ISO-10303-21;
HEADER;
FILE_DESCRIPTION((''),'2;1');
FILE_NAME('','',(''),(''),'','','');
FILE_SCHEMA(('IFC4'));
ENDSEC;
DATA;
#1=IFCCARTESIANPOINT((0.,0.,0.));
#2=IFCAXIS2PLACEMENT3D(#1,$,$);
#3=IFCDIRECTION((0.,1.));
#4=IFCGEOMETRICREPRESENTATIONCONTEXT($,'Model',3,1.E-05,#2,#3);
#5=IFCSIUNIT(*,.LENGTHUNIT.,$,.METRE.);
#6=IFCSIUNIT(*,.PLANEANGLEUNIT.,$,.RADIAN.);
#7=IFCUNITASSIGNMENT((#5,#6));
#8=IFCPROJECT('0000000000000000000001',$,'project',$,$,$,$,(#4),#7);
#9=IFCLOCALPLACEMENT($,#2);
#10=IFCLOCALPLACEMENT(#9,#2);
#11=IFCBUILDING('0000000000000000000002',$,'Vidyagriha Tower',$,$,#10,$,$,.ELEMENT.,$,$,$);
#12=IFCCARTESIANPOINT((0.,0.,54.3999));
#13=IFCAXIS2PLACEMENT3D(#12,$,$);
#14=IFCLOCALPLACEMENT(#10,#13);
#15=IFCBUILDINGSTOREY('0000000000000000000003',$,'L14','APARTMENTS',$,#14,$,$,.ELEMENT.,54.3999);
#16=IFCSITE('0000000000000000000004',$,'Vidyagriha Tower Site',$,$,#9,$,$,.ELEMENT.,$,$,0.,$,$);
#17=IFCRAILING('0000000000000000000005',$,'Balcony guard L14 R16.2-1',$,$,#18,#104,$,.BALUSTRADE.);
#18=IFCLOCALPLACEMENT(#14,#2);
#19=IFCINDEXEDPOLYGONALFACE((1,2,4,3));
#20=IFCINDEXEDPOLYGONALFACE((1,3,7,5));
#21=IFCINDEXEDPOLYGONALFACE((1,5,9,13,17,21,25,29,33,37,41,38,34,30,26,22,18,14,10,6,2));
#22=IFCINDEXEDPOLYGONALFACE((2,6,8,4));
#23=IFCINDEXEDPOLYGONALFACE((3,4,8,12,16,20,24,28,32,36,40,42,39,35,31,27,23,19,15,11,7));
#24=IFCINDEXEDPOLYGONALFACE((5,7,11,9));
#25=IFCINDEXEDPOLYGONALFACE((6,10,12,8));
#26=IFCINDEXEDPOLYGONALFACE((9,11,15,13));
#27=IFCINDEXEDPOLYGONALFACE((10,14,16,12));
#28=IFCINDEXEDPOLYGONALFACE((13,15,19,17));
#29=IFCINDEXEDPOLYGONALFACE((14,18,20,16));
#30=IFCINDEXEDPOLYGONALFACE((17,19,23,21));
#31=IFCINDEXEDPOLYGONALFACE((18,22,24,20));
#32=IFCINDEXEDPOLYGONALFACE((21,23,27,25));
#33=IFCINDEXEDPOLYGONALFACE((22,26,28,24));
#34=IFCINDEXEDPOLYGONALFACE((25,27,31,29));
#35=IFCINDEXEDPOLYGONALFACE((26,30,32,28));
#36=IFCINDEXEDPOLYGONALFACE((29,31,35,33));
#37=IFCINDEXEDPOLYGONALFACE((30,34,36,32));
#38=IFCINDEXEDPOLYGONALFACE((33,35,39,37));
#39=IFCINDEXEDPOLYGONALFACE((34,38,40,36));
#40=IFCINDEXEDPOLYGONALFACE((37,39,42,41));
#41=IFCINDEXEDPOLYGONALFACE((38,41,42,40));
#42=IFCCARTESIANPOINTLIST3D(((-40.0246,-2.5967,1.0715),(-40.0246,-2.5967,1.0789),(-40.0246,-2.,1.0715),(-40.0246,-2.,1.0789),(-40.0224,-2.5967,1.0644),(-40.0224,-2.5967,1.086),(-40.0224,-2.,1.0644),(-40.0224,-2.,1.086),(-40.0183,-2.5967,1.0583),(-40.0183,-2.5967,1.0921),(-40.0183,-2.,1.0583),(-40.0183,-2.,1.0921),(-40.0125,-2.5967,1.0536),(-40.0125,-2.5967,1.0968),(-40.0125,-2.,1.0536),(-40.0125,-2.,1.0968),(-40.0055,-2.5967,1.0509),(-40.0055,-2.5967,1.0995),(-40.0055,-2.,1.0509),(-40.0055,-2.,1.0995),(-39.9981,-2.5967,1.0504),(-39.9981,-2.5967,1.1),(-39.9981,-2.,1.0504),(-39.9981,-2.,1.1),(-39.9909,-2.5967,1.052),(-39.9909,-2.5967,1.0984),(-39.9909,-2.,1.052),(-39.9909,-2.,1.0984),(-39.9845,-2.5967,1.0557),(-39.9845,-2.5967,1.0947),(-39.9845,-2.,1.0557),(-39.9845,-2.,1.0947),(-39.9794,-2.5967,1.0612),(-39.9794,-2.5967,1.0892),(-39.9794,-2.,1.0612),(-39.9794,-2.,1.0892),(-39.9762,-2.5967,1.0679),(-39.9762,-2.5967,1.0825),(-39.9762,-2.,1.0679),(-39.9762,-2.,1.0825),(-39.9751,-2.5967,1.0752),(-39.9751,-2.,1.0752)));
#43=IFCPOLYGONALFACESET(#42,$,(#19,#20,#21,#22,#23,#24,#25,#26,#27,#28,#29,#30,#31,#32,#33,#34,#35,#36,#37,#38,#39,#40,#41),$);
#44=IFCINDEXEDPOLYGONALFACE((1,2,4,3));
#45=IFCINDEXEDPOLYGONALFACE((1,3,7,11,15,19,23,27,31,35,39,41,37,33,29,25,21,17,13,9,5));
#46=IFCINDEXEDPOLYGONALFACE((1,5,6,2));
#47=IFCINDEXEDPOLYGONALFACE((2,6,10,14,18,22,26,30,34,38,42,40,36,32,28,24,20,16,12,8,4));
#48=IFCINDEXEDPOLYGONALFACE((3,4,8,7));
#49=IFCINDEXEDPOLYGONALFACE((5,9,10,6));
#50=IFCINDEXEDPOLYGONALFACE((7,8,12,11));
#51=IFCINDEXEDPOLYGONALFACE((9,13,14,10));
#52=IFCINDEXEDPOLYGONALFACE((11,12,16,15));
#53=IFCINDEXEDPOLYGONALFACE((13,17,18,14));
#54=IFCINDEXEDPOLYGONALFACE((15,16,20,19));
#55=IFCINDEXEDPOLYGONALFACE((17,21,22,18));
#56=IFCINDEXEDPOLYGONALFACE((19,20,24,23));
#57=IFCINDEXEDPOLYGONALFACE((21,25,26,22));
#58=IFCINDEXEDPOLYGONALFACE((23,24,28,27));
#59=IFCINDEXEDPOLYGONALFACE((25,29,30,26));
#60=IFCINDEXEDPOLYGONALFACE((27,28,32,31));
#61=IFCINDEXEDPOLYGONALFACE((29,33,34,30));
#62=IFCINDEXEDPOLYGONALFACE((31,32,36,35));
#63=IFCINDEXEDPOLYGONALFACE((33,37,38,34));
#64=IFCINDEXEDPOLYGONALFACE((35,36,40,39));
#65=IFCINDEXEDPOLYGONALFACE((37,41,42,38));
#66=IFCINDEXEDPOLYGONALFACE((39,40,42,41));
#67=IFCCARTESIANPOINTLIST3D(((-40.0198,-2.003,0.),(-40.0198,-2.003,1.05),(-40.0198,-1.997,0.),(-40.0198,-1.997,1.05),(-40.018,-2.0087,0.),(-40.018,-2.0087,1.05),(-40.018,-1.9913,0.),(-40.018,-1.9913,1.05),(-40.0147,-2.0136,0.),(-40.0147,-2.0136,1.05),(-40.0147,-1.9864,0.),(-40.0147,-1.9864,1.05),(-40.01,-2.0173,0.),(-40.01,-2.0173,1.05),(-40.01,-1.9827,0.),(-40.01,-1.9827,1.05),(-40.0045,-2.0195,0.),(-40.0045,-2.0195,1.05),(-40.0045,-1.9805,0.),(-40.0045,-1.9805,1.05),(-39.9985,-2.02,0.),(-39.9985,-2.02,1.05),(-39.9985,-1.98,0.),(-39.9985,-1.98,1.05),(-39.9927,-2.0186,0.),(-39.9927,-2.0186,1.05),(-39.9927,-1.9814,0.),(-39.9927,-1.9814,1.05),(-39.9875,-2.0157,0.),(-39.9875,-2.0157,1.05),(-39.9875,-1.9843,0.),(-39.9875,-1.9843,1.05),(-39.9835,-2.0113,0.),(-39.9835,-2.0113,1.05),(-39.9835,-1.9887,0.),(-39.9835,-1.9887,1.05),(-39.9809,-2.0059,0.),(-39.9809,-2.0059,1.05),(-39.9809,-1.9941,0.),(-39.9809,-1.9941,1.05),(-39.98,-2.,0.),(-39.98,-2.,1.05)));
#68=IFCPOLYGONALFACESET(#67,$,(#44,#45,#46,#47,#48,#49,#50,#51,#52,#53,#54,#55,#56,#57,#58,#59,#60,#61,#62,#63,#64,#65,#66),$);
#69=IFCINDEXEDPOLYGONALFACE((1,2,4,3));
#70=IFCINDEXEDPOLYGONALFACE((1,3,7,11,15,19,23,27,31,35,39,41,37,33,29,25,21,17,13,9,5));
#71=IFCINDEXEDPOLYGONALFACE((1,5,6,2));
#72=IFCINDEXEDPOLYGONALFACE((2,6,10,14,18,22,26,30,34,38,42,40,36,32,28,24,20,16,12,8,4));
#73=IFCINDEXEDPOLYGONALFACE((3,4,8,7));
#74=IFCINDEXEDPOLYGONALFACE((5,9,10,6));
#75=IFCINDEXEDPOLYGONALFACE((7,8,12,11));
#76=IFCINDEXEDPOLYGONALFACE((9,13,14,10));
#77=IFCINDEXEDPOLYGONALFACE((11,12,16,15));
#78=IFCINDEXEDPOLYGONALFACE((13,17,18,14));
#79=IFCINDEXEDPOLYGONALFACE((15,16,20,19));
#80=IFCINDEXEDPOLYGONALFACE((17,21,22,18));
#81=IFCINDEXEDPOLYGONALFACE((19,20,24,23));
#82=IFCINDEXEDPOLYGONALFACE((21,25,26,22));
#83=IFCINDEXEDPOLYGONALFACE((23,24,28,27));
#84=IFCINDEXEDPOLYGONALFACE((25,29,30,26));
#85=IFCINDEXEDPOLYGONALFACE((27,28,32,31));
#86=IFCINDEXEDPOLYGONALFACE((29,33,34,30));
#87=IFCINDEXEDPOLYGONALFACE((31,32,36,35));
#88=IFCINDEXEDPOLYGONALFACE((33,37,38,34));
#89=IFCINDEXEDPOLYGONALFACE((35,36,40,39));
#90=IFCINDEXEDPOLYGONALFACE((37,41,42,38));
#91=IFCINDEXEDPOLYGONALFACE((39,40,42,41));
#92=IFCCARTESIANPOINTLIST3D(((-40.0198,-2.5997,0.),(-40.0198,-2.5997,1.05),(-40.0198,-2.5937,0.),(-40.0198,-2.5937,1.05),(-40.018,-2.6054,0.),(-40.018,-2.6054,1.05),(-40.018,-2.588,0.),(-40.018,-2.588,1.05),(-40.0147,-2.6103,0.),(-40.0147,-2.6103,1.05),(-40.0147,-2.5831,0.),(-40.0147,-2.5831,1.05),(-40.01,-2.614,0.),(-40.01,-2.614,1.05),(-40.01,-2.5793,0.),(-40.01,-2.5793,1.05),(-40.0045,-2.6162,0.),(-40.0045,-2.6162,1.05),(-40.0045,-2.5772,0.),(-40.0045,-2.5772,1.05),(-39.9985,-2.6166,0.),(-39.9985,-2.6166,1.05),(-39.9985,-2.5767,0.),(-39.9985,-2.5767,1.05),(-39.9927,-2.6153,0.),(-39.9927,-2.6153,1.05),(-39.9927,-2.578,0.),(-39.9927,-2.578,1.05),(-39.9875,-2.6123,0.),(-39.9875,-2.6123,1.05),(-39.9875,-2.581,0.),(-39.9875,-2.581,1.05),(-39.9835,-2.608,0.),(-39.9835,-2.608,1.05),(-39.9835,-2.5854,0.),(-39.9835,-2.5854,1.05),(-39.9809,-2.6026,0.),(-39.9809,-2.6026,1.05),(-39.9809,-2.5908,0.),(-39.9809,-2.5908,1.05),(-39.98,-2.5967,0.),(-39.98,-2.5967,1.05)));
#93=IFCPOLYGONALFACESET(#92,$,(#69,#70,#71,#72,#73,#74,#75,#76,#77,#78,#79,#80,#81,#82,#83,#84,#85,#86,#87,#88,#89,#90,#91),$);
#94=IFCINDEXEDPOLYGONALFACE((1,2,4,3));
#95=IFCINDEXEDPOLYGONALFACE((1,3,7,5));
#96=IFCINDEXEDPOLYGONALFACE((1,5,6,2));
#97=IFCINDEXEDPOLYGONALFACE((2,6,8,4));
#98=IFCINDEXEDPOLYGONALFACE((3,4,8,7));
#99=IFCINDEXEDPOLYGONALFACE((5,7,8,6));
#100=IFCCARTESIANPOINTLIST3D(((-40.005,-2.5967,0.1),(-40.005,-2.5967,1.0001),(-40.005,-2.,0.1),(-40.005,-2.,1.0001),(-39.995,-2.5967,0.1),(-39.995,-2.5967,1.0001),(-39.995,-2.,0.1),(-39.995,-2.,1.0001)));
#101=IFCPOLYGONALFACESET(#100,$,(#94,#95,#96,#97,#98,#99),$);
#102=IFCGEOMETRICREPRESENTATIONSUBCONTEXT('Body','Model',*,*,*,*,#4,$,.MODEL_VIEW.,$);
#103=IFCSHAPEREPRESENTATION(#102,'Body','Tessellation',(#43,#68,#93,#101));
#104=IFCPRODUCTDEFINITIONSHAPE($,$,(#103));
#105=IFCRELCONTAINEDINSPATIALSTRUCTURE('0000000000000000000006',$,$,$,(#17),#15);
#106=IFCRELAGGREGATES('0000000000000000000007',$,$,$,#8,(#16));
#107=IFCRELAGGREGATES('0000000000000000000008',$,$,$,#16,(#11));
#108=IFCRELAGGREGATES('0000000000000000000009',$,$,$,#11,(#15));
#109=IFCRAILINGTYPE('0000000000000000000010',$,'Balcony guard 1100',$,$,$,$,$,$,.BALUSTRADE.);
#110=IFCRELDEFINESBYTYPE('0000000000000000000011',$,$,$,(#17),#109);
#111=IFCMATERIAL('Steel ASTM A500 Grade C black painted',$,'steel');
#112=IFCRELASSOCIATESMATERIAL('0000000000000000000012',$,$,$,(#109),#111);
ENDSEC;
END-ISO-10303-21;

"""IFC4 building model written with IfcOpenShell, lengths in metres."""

from ifc_helpers import new_model, si_unit, direction, frame, origin, origin_2d, place, context, subcontext, project, spatial, rectangle, circle, extrude, material, type_object, element, save


model = new_model("IFC4")

# Units and contexts
model_context = context("Model", 3, precision=1e-05, world=origin(), true_north=direction((0.0, 1.0)))
body_context = subcontext(model_context, "Body", "Model", "MODEL_VIEW")
ifc_project = project(units=[si_unit("LENGTHUNIT", "METRE"), si_unit("PLANEANGLEUNIT", "RADIAN")], contexts=[model_context])

# Site, building, storey
site_placement = place(None, origin())
site = spatial("IfcSite", under=ifc_project, at=site_placement, Name="Vidyagriha Tower Site", CompositionType="ELEMENT", RefElevation=0.0)
building_placement = place(site_placement, origin())
building = spatial("IfcBuilding", under=site, at=building_placement, Name="Vidyagriha Tower", CompositionType="ELEMENT")
storey_placement = place(building_placement, frame((0.0, 0.0, 54.3999)))
storey = spatial("IfcBuildingStorey", under=building, at=storey_placement, Name="L14", Description="APARTMENTS", CompositionType="ELEMENT", Elevation=54.3999)

# Railing
ifc_material_1 = material(Name="Steel ASTM A500 Grade C black painted", Category="steel")
railing_type_1 = type_object("IfcRailingType", Name="Balcony guard 1100", PredefinedType="BALUSTRADE", material=ifc_material_1)
railing_1_placement = place(storey_placement, frame((-40.0, -2.0, 0.0)))
element("IfcRailing", 1, at=railing_1_placement, inside=storey, type_object=railing_type_1, Name="Balcony guard L14 R16.2-1", PredefinedType="BALUSTRADE", context=body_context, shape_type="SweptSolid", body=[
    extrude(circle(Radius=0.0249, at=origin_2d()), frame((0.0, 0.0, 1.0752), z_axis=(0.0, -1.0, 0.0), x_axis=(1.0, 0.0, 0.0)), (0.0, 0.0, 1.0), 0.5967),
    extrude(circle(Radius=0.02, at=origin_2d()), origin(), (0.0, 0.0, 1.0), 1.05),
    extrude(circle(Radius=0.02, at=origin_2d()), frame((0.0, -0.5967, 0.0)), (0.0, 0.0, 1.0), 1.05),
    extrude(rectangle(XDim=0.01, YDim=0.9001, at=origin_2d()), frame((0.0, 0.0, 0.55), z_axis=(0.0, -1.0, 0.0), x_axis=(1.0, 0.0, 0.0)), (0.0, 0.0, 1.0), 0.5967),
])

save(model, "model.ifc")
